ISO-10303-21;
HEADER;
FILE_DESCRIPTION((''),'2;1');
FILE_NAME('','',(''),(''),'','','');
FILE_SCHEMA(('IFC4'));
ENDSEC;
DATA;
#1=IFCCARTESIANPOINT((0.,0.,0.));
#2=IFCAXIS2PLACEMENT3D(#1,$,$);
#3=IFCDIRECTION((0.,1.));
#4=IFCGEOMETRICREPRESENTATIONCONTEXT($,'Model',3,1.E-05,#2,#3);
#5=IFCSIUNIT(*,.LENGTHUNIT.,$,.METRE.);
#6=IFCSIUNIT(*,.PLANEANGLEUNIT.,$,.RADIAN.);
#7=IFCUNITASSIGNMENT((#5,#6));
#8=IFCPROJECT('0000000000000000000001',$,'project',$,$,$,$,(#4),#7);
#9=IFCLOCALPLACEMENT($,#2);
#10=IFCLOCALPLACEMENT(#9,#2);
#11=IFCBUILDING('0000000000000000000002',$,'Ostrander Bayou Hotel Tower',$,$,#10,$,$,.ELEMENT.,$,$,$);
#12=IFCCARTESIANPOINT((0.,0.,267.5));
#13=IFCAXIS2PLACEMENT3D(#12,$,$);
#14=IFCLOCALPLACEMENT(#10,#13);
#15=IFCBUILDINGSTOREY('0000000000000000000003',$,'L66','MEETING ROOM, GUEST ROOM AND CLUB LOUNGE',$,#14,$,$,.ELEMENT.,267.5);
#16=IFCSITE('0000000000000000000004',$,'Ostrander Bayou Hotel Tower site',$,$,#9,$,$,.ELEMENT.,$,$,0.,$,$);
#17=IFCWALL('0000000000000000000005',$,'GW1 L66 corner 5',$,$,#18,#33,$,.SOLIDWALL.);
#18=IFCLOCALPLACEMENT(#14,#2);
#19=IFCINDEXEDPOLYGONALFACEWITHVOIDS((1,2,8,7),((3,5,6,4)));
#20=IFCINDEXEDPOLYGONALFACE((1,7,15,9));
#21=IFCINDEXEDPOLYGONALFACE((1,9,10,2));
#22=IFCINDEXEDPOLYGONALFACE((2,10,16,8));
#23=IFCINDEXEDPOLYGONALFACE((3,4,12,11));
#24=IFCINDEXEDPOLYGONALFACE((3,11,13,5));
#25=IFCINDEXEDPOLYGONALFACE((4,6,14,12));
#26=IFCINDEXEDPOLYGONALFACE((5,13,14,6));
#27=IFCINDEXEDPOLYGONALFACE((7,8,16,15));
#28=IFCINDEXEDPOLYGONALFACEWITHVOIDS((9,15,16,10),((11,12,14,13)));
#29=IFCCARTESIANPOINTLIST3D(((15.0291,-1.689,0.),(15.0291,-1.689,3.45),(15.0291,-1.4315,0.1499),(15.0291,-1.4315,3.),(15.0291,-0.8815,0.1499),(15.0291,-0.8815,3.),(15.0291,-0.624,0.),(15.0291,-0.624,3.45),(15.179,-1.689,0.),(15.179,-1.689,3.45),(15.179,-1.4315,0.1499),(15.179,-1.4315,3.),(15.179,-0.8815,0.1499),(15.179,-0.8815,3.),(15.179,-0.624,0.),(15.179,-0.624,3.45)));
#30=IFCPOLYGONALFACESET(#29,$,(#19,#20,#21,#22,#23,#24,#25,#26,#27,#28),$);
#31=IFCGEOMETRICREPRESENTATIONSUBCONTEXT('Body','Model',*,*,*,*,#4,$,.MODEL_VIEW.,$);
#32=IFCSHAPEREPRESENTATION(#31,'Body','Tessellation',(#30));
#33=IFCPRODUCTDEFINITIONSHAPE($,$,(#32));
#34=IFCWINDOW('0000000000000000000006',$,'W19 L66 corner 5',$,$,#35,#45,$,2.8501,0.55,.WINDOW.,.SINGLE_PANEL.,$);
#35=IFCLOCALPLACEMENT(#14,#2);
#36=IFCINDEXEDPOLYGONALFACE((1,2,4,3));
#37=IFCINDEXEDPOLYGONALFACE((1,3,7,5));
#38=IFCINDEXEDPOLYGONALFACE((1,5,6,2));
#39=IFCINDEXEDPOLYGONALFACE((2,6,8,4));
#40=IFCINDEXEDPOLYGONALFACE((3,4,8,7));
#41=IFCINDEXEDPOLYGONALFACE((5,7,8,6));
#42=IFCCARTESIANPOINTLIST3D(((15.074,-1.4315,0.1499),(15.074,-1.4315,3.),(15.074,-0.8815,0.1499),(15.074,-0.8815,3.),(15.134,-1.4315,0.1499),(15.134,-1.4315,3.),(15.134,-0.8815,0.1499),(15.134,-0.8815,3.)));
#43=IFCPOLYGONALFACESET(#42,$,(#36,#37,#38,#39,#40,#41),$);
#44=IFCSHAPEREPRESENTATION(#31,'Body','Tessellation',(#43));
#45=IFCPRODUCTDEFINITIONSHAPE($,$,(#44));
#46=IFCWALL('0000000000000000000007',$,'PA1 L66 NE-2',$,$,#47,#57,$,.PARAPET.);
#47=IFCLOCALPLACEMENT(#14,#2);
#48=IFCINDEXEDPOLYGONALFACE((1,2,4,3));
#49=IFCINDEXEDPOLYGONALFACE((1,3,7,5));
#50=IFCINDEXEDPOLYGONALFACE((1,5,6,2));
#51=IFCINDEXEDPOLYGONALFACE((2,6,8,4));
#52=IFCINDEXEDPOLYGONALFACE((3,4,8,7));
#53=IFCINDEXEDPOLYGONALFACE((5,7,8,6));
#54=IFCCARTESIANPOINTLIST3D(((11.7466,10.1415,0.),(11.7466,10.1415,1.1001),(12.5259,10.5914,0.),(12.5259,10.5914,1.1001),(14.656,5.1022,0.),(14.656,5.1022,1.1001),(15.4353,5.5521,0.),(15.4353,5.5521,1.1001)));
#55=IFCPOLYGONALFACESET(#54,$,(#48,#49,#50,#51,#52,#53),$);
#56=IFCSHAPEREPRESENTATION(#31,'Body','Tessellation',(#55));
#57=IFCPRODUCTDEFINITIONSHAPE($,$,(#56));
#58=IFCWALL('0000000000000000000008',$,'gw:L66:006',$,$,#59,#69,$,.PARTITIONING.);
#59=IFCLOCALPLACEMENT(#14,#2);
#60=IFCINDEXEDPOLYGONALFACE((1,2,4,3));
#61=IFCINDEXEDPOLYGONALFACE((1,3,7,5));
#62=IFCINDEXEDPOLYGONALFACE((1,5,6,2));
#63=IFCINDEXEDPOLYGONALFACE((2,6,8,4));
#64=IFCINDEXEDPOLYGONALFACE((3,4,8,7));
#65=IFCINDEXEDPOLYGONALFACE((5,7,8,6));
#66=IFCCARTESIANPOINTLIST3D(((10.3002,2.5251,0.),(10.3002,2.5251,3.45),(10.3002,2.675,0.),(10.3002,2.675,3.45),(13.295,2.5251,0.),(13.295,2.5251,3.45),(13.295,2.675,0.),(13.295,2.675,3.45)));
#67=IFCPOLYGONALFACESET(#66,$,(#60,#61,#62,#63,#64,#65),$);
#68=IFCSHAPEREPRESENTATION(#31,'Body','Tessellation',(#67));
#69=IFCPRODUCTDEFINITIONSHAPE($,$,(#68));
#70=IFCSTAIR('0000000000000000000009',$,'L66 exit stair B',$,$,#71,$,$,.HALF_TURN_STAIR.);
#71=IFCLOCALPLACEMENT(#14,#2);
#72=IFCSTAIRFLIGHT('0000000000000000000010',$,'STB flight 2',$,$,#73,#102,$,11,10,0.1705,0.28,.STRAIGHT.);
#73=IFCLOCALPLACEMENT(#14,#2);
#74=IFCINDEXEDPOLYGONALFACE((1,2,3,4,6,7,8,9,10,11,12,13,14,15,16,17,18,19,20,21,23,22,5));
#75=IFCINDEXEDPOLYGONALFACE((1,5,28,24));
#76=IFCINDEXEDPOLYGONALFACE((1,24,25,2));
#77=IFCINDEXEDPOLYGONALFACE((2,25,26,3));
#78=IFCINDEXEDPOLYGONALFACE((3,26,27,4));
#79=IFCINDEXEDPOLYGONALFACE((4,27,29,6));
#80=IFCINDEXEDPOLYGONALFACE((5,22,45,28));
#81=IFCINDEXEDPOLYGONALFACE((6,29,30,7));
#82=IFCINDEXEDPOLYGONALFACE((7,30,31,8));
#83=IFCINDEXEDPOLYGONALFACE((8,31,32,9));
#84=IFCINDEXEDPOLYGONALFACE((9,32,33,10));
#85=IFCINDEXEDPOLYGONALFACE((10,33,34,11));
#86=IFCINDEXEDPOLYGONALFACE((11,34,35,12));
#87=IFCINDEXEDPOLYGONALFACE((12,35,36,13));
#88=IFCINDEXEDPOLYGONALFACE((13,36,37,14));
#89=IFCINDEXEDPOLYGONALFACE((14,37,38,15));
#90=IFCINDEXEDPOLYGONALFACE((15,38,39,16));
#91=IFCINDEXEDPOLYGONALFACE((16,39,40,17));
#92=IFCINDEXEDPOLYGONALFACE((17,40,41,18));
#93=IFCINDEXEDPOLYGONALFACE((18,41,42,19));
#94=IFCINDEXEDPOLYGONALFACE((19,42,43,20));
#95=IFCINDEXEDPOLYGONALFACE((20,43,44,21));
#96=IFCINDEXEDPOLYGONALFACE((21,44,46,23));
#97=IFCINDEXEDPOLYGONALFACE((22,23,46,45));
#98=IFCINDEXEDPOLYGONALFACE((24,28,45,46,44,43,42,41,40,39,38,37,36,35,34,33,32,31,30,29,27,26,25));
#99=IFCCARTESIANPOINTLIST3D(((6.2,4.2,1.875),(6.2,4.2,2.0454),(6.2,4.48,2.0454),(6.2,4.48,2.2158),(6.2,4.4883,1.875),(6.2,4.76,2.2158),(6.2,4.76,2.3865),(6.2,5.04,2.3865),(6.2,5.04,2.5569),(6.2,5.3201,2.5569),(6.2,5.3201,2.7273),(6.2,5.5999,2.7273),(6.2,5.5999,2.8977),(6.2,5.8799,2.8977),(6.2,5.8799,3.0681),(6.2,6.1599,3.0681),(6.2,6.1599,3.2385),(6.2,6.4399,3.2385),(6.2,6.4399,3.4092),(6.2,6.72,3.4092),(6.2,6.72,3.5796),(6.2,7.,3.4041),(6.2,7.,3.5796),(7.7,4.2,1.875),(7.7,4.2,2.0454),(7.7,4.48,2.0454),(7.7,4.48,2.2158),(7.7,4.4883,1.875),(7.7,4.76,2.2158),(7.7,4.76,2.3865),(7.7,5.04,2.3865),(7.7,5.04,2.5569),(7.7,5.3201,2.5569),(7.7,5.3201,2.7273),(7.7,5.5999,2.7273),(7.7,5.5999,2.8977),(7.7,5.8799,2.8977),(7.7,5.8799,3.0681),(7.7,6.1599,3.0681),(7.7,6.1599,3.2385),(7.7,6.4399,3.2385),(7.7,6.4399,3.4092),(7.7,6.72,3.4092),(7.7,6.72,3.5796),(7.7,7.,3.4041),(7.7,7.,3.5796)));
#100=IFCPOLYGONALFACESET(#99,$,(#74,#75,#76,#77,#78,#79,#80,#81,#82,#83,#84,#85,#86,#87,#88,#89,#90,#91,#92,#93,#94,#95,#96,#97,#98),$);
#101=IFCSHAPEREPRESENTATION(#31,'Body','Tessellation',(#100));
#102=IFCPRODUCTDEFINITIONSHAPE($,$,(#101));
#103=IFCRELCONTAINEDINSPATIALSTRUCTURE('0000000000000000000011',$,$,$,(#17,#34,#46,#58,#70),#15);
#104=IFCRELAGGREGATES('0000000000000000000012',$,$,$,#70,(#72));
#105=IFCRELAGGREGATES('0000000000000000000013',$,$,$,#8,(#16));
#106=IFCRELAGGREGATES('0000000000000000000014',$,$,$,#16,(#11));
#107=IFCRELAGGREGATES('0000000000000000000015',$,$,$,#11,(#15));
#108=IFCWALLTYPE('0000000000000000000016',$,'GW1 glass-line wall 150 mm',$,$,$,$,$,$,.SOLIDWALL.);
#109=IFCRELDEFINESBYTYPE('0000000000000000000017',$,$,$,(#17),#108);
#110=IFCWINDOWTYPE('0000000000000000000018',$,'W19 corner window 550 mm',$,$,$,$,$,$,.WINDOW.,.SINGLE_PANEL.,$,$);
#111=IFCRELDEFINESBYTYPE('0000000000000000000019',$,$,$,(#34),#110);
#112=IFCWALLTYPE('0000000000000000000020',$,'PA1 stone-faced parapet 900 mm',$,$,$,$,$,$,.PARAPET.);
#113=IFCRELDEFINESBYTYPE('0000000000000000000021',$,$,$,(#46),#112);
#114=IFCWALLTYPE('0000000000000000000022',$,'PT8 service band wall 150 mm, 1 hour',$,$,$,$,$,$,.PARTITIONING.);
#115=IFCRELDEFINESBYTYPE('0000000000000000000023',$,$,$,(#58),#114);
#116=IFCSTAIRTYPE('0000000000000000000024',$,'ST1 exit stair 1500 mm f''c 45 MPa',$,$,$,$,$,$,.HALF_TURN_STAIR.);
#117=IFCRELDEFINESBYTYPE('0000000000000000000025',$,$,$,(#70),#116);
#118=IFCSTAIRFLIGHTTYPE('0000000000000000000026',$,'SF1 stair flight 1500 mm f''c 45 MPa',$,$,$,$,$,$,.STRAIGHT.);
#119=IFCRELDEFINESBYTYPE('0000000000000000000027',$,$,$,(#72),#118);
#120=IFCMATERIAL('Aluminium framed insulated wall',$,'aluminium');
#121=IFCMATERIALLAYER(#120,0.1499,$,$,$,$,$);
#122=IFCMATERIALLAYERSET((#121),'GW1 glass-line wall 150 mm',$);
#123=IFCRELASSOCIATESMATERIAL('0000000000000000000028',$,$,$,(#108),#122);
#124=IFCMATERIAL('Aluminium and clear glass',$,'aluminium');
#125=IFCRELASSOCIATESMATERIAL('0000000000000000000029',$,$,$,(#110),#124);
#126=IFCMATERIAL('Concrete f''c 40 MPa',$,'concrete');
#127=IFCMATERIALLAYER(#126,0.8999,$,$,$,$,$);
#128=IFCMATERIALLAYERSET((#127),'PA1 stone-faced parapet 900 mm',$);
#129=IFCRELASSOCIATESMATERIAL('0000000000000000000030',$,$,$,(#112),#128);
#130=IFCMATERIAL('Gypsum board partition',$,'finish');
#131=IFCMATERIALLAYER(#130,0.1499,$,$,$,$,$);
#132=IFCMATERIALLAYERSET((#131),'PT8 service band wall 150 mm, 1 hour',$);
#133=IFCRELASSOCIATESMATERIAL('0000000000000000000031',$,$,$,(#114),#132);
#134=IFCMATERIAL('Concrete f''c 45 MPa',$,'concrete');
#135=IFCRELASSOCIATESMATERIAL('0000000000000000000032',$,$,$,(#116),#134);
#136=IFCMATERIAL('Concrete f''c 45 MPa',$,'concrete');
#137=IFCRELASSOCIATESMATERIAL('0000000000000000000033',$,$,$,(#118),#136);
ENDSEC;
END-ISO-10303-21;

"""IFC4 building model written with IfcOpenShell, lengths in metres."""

from ifc_helpers import new_model, si_unit, direction, frame, frame_2d, origin, place, context, subcontext, project, spatial, polyline, rectangle, outline, extrude, material, layer, layer_set, type_object, element, fill, aggregate, save


model = new_model("IFC4")

# Units and contexts
model_context = context("Model", 3, precision=1e-05, world=origin(), true_north=direction((0.0, 1.0)))
body_context = subcontext(model_context, "Body", "Model", "MODEL_VIEW")
ifc_project = project(units=[si_unit("LENGTHUNIT", "METRE"), si_unit("PLANEANGLEUNIT", "RADIAN")], contexts=[model_context])

# Site, building, storey
site_placement = place(None, origin())
site = spatial("IfcSite", under=ifc_project, at=site_placement, Name="Ostrander Bayou Hotel Tower site", CompositionType="ELEMENT", RefElevation=0.0)
building_placement = place(site_placement, origin())
building = spatial("IfcBuilding", under=site, at=building_placement, Name="Ostrander Bayou Hotel Tower", CompositionType="ELEMENT")
storey_placement = place(building_placement, frame((0.0, 0.0, 267.5)))
storey = spatial("IfcBuildingStorey", under=building, at=storey_placement, Name="L66", Description="MEETING ROOM, GUEST ROOM AND CLUB LOUNGE", CompositionType="ELEMENT", Elevation=267.5)

# Shared definitions
ifc_material_1 = material(Name="Aluminium framed insulated wall", Category="aluminium")
ifc_layer_1 = layer(ifc_material_1, 0.1499)
ifc_layer_set_1 = layer_set([ifc_layer_1], Name="GW1 glass-line wall 150 mm")
wall_type_1 = type_object("IfcWallType", Name="GW1 glass-line wall 150 mm", PredefinedType="SOLIDWALL", material=ifc_layer_set_1)

# Wall, opening, window
wall_1_placement = place(storey_placement, frame((15.104, -1.689, 0.0), z_axis=(0.0, 0.0, 1.0), x_axis=(0.0, 1.0, 0.0)))
wall_1 = element("IfcWall", 1, at=wall_1_placement, inside=storey, type_object=wall_type_1, Name="GW1 L66 corner 5", PredefinedType="SOLIDWALL", context=body_context, shape_type="SweptSolid", body=[
    extrude(rectangle(XDim=1.0649, YDim=0.1499, at=frame_2d((0.5325, 0.0))), origin(), (0.0, 0.0, 1.0), 3.45),
])
opening_1_placement = place(wall_1_placement, frame((0.2576, 0.0, 0.1499)))
opening_1 = element("IfcOpeningElement", 2, at=opening_1_placement, cuts=wall_1, PredefinedType="OPENING", context=body_context, shape_type="SweptSolid", body=[
    extrude(rectangle(XDim=0.55, YDim=2.8501, at=frame_2d((0.2749, 1.425))), frame((0.0, 0.075, 0.0), z_axis=(0.0, -1.0, 0.0), x_axis=(1.0, 0.0, 0.0)), (0.0, 0.0, 1.0), 0.1499),
])
ifc_material_2 = material(Name="Aluminium and clear glass", Category="aluminium")
window_type_1 = type_object("IfcWindowType", Name="W19 corner window 550 mm", PartitioningType="SINGLE_PANEL", PredefinedType="WINDOW", material=ifc_material_2)
window_1_placement = place(opening_1_placement, origin())
window_1 = element("IfcWindow", 3, at=window_1_placement, inside=storey, type_object=window_type_1, Name="W19 L66 corner 5", OverallHeight=2.8501, OverallWidth=0.55, PartitioningType="SINGLE_PANEL", PredefinedType="WINDOW", context=body_context, shape_type="SweptSolid", body=[
    extrude(rectangle(XDim=0.55, YDim=2.8501, at=frame_2d((0.2749, 1.425))), frame((0.0, 0.03, 0.0), z_axis=(0.0, -1.0, 0.0), x_axis=(1.0, 0.0, 0.0)), (0.0, 0.0, 1.0), 0.0601),
])
fill(opening_1, window_1)

# Walls
ifc_material_3 = material(Name="Concrete f'c 40 MPa", Category="concrete")
ifc_layer_2 = layer(ifc_material_3, 0.8999)
ifc_layer_set_2 = layer_set([ifc_layer_2], Name="PA1 stone-faced parapet 900 mm")
wall_type_2 = type_object("IfcWallType", Name="PA1 stone-faced parapet 900 mm", PredefinedType="PARAPET", material=ifc_layer_set_2)
wall_2_placement = place(storey_placement, frame((15.0457, 5.3271, 0.0), z_axis=(0.0, 0.0, 1.0), x_axis=(-0.499997, 0.866027, 0.0)))
element("IfcWall", 4, at=wall_2_placement, inside=storey, type_object=wall_type_2, Name="PA1 L66 NE-2", PredefinedType="PARAPET", context=body_context, shape_type="SweptSolid", body=[
    extrude(rectangle(XDim=5.8188, YDim=0.8999, at=frame_2d((2.9094, 0.0))), origin(), (0.0, 0.0, 1.0), 1.1001),
])
ifc_material_4 = material(Name="Gypsum board partition", Category="finish")
ifc_layer_3 = layer(ifc_material_4, 0.1499)
ifc_layer_set_3 = layer_set([ifc_layer_3], Name="PT8 service band wall 150 mm, 1 hour")
wall_type_3 = type_object("IfcWallType", Name="PT8 service band wall 150 mm, 1 hour", PredefinedType="PARTITIONING", material=ifc_layer_set_3)
wall_3_placement = place(storey_placement, frame((10.3, 2.6001, 0.0), z_axis=(0.0, 0.0, 1.0), x_axis=(1.0, 0.0, 0.0)))
element("IfcWall", 5, at=wall_3_placement, inside=storey, type_object=wall_type_3, Name="gw:L66:006", PredefinedType="PARTITIONING", context=body_context, shape_type="SweptSolid", body=[
    extrude(rectangle(XDim=2.9949, YDim=0.1499, at=frame_2d((1.4976, 0.0))), origin(), (0.0, 0.0, 1.0), 3.45),
])

# Stair, stair flight
ifc_material_5 = material(Name="Concrete f'c 45 MPa", Category="concrete")
stair_type = type_object("IfcStairType", Name="ST1 exit stair 1500 mm f'c 45 MPa", PredefinedType="HALF_TURN_STAIR", material=ifc_material_5)
stair_placement = place(storey_placement, origin())
stair = element("IfcStair", 6, at=stair_placement, inside=storey, type_object=stair_type, Name="L66 exit stair B", PredefinedType="HALF_TURN_STAIR")
ifc_material_6 = material(Name="Concrete f'c 45 MPa", Category="concrete")
stair_flight_type = type_object("IfcStairFlightType", Name="SF1 stair flight 1500 mm f'c 45 MPa", PredefinedType="STRAIGHT", material=ifc_material_6)
stair_flight_placement = place(storey_placement, frame((6.95, 4.2, 1.875), z_axis=(0.0, 0.0, 1.0), x_axis=(0.0, 1.0, 0.0)))
stair_flight = element("IfcStairFlight", 7, at=stair_flight_placement, type_object=stair_flight_type, Name="STB flight 2", NumberOfRisers=11, NumberOfTreads=10, PredefinedType="STRAIGHT", RiserHeight=0.1705, TreadLength=0.28, context=body_context, shape_type="SweptSolid", body=[
    extrude(outline(polyline([(0.0, 0.0), (0.0, 0.1704), (0.28, 0.1704), (0.28, 0.3408), (0.5601, 0.3408), (0.5601, 0.5115), (0.8401, 0.5115), (0.8401, 0.6819), (1.1201, 0.6819), (1.1201, 0.8523), (1.3999, 0.8523), (1.3999, 1.0227), (1.6799, 1.0227), (1.6799, 1.1931), (1.96, 1.1931), (1.96, 1.3635), (2.24, 1.3635), (2.24, 1.5342), (2.52, 1.5342), (2.52, 1.7046), (2.8, 1.7046), (2.8, 1.875), (2.8, 1.5291), (0.2883, 0.0), (0.0, 0.0)])), frame((0.0, 0.75, 0.0), z_axis=(0.0, -1.0, 0.0), x_axis=(1.0, 0.0, 0.0)), (0.0, 0.0, 1.0), 1.5),
])
aggregate(stair, [stair_flight])

save(model, "model.ifc")
